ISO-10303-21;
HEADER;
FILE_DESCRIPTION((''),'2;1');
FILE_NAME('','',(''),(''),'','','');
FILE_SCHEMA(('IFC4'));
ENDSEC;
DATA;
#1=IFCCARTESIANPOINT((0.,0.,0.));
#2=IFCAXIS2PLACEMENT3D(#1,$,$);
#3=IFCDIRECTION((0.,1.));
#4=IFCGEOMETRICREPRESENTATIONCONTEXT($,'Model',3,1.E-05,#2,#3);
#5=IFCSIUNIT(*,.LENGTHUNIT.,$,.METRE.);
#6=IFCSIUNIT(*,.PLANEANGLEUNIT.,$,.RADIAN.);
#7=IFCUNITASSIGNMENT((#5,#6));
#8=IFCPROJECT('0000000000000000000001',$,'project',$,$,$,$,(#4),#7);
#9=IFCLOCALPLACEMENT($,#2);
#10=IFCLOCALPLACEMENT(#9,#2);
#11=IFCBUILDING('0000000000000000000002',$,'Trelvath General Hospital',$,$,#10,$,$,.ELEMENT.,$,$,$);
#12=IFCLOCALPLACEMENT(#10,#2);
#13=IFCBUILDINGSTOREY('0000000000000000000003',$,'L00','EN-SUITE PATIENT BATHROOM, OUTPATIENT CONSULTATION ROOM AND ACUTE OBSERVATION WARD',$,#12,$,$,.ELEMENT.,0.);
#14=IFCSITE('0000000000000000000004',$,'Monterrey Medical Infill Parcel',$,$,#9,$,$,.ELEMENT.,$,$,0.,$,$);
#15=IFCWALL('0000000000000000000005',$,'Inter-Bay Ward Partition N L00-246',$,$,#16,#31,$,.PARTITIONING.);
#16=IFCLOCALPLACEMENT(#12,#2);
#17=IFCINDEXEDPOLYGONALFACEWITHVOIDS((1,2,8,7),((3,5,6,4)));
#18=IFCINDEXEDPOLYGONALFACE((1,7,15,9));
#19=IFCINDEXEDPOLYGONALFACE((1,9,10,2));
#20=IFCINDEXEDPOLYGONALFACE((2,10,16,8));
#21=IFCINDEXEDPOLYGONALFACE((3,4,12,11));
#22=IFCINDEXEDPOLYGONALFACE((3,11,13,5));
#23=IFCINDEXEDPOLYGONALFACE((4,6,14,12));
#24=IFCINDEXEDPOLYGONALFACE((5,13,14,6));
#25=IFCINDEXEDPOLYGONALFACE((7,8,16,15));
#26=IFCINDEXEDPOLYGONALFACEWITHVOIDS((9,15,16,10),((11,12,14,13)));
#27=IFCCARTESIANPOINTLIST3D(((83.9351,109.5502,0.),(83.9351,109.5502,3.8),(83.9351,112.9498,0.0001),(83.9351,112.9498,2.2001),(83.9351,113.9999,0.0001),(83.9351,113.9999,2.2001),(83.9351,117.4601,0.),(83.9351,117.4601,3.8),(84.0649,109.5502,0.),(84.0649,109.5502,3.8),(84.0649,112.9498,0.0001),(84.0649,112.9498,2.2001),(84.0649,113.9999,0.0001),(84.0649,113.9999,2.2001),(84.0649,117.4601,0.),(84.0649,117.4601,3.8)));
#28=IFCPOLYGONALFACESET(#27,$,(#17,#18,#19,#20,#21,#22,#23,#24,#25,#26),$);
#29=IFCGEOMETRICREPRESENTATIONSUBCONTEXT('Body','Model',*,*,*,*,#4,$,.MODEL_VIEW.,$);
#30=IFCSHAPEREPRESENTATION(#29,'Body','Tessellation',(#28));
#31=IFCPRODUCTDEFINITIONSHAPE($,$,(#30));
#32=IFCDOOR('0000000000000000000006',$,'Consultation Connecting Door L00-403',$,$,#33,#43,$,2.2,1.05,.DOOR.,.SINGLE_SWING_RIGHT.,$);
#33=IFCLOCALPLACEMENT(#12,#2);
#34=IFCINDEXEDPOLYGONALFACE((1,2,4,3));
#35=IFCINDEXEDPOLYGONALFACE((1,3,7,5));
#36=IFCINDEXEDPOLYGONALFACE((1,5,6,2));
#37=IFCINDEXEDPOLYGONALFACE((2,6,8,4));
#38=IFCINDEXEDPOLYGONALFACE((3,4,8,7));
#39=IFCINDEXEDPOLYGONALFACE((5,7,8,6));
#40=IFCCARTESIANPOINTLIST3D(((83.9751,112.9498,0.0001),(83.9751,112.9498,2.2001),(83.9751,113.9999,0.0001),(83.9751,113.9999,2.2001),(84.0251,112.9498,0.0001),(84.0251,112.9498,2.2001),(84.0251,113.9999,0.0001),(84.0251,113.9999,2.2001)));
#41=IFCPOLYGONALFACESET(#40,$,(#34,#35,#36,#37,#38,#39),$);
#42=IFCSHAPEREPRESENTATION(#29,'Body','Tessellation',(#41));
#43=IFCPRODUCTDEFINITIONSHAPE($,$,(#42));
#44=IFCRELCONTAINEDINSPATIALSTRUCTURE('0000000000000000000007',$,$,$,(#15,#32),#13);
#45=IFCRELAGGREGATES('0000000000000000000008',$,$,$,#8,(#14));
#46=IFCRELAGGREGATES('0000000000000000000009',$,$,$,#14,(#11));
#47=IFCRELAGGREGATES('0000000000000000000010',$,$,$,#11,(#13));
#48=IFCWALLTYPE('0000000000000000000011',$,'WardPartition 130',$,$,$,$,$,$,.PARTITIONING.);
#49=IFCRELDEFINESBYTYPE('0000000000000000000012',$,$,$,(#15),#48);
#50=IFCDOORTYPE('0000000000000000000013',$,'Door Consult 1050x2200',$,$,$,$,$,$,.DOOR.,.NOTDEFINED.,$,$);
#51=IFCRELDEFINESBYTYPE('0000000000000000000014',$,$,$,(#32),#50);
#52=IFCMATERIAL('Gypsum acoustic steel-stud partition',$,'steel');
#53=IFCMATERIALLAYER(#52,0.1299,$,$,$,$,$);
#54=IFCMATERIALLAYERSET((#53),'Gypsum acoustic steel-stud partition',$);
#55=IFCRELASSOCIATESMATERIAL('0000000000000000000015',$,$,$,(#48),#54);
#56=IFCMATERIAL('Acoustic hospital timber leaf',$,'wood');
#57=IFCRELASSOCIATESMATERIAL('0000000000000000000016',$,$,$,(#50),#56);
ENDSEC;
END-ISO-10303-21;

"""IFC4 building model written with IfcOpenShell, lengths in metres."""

from ifc_helpers import new_model, si_unit, direction, frame, frame_2d, origin, place, context, subcontext, project, spatial, rectangle, extrude, material, layer, layer_set, type_object, element, fill, save


model = new_model("IFC4")

# Units and contexts
model_context = context("Model", 3, precision=1e-05, world=origin(), true_north=direction((0.0, 1.0)))
body_context = subcontext(model_context, "Body", "Model", "MODEL_VIEW")
ifc_project = project(units=[si_unit("LENGTHUNIT", "METRE"), si_unit("PLANEANGLEUNIT", "RADIAN")], contexts=[model_context])

# Site, building, storey
site_placement = place(None, origin())
site = spatial("IfcSite", under=ifc_project, at=site_placement, Name="Monterrey Medical Infill Parcel", CompositionType="ELEMENT", RefElevation=0.0)
building_placement = place(site_placement, origin())
building = spatial("IfcBuilding", under=site, at=building_placement, Name="Trelvath General Hospital", CompositionType="ELEMENT")
storey_placement = place(building_placement, origin())
storey = spatial("IfcBuildingStorey", under=building, at=storey_placement, Name="L00", Description="EN-SUITE PATIENT BATHROOM, OUTPATIENT CONSULTATION ROOM AND ACUTE OBSERVATION WARD", CompositionType="ELEMENT", Elevation=0.0)

# Wall, opening, door
ifc_material_1 = material(Name="Gypsum acoustic steel-stud partition", Category="steel")
ifc_layer_1 = layer(ifc_material_1, 0.1299)
ifc_layer_set_1 = layer_set([ifc_layer_1], Name="Gypsum acoustic steel-stud partition")
wall_type_1 = type_object("IfcWallType", Name="WardPartition 130", PredefinedType="PARTITIONING", material=ifc_layer_set_1)
wall_1_placement = place(storey_placement, frame((84.0, 109.55, 0.0), z_axis=(0.0, 0.0, 1.0), x_axis=(0.0, 1.0, 0.0)))
wall_1 = element("IfcWall", 1, at=wall_1_placement, inside=storey, type_object=wall_type_1, Name="Inter-Bay Ward Partition N L00-246", PredefinedType="PARTITIONING", context=body_context, shape_type="SweptSolid", body=[
    extrude(rectangle(XDim=7.9099, YDim=0.1299, at=frame_2d((3.9551, 0.0))), origin(), (0.0, 0.0, 1.0), 3.8),
])
opening_1_placement = place(wall_1_placement, frame((3.3999, 0.0, 0.0)))
opening_1 = element("IfcOpeningElement", 2, at=opening_1_placement, cuts=wall_1, PredefinedType="OPENING", context=body_context, shape_type="SweptSolid", body=[
    extrude(rectangle(XDim=1.05, YDim=2.2, at=frame_2d((0.5249, 1.1001))), frame((0.0, 0.075, 0.0), z_axis=(0.0, -1.0, 0.0), x_axis=(1.0, 0.0, 0.0)), (0.0, 0.0, 1.0), 0.1499),
])
ifc_material_2 = material(Name="Acoustic hospital timber leaf", Category="wood")
door_type_1 = type_object("IfcDoorType", Name="Door Consult 1050x2200", OperationType="NOTDEFINED", PredefinedType="DOOR", material=ifc_material_2)
door_1_placement = place(opening_1_placement, origin())
door_1 = element("IfcDoor", 3, at=door_1_placement, inside=storey, type_object=door_type_1, Name="Consultation Connecting Door L00-403", OperationType="SINGLE_SWING_RIGHT", OverallHeight=2.2, OverallWidth=1.05, PredefinedType="DOOR", context=body_context, shape_type="SweptSolid", body=[
    extrude(rectangle(XDim=1.05, YDim=2.2, at=frame_2d((0.5249, 1.1001))), frame((0.0, 0.0249, 0.0), z_axis=(0.0, -1.0, 0.0), x_axis=(1.0, 0.0, 0.0)), (0.0, 0.0, 1.0), 0.05),
])
fill(opening_1, door_1)

save(model, "model.ifc")
